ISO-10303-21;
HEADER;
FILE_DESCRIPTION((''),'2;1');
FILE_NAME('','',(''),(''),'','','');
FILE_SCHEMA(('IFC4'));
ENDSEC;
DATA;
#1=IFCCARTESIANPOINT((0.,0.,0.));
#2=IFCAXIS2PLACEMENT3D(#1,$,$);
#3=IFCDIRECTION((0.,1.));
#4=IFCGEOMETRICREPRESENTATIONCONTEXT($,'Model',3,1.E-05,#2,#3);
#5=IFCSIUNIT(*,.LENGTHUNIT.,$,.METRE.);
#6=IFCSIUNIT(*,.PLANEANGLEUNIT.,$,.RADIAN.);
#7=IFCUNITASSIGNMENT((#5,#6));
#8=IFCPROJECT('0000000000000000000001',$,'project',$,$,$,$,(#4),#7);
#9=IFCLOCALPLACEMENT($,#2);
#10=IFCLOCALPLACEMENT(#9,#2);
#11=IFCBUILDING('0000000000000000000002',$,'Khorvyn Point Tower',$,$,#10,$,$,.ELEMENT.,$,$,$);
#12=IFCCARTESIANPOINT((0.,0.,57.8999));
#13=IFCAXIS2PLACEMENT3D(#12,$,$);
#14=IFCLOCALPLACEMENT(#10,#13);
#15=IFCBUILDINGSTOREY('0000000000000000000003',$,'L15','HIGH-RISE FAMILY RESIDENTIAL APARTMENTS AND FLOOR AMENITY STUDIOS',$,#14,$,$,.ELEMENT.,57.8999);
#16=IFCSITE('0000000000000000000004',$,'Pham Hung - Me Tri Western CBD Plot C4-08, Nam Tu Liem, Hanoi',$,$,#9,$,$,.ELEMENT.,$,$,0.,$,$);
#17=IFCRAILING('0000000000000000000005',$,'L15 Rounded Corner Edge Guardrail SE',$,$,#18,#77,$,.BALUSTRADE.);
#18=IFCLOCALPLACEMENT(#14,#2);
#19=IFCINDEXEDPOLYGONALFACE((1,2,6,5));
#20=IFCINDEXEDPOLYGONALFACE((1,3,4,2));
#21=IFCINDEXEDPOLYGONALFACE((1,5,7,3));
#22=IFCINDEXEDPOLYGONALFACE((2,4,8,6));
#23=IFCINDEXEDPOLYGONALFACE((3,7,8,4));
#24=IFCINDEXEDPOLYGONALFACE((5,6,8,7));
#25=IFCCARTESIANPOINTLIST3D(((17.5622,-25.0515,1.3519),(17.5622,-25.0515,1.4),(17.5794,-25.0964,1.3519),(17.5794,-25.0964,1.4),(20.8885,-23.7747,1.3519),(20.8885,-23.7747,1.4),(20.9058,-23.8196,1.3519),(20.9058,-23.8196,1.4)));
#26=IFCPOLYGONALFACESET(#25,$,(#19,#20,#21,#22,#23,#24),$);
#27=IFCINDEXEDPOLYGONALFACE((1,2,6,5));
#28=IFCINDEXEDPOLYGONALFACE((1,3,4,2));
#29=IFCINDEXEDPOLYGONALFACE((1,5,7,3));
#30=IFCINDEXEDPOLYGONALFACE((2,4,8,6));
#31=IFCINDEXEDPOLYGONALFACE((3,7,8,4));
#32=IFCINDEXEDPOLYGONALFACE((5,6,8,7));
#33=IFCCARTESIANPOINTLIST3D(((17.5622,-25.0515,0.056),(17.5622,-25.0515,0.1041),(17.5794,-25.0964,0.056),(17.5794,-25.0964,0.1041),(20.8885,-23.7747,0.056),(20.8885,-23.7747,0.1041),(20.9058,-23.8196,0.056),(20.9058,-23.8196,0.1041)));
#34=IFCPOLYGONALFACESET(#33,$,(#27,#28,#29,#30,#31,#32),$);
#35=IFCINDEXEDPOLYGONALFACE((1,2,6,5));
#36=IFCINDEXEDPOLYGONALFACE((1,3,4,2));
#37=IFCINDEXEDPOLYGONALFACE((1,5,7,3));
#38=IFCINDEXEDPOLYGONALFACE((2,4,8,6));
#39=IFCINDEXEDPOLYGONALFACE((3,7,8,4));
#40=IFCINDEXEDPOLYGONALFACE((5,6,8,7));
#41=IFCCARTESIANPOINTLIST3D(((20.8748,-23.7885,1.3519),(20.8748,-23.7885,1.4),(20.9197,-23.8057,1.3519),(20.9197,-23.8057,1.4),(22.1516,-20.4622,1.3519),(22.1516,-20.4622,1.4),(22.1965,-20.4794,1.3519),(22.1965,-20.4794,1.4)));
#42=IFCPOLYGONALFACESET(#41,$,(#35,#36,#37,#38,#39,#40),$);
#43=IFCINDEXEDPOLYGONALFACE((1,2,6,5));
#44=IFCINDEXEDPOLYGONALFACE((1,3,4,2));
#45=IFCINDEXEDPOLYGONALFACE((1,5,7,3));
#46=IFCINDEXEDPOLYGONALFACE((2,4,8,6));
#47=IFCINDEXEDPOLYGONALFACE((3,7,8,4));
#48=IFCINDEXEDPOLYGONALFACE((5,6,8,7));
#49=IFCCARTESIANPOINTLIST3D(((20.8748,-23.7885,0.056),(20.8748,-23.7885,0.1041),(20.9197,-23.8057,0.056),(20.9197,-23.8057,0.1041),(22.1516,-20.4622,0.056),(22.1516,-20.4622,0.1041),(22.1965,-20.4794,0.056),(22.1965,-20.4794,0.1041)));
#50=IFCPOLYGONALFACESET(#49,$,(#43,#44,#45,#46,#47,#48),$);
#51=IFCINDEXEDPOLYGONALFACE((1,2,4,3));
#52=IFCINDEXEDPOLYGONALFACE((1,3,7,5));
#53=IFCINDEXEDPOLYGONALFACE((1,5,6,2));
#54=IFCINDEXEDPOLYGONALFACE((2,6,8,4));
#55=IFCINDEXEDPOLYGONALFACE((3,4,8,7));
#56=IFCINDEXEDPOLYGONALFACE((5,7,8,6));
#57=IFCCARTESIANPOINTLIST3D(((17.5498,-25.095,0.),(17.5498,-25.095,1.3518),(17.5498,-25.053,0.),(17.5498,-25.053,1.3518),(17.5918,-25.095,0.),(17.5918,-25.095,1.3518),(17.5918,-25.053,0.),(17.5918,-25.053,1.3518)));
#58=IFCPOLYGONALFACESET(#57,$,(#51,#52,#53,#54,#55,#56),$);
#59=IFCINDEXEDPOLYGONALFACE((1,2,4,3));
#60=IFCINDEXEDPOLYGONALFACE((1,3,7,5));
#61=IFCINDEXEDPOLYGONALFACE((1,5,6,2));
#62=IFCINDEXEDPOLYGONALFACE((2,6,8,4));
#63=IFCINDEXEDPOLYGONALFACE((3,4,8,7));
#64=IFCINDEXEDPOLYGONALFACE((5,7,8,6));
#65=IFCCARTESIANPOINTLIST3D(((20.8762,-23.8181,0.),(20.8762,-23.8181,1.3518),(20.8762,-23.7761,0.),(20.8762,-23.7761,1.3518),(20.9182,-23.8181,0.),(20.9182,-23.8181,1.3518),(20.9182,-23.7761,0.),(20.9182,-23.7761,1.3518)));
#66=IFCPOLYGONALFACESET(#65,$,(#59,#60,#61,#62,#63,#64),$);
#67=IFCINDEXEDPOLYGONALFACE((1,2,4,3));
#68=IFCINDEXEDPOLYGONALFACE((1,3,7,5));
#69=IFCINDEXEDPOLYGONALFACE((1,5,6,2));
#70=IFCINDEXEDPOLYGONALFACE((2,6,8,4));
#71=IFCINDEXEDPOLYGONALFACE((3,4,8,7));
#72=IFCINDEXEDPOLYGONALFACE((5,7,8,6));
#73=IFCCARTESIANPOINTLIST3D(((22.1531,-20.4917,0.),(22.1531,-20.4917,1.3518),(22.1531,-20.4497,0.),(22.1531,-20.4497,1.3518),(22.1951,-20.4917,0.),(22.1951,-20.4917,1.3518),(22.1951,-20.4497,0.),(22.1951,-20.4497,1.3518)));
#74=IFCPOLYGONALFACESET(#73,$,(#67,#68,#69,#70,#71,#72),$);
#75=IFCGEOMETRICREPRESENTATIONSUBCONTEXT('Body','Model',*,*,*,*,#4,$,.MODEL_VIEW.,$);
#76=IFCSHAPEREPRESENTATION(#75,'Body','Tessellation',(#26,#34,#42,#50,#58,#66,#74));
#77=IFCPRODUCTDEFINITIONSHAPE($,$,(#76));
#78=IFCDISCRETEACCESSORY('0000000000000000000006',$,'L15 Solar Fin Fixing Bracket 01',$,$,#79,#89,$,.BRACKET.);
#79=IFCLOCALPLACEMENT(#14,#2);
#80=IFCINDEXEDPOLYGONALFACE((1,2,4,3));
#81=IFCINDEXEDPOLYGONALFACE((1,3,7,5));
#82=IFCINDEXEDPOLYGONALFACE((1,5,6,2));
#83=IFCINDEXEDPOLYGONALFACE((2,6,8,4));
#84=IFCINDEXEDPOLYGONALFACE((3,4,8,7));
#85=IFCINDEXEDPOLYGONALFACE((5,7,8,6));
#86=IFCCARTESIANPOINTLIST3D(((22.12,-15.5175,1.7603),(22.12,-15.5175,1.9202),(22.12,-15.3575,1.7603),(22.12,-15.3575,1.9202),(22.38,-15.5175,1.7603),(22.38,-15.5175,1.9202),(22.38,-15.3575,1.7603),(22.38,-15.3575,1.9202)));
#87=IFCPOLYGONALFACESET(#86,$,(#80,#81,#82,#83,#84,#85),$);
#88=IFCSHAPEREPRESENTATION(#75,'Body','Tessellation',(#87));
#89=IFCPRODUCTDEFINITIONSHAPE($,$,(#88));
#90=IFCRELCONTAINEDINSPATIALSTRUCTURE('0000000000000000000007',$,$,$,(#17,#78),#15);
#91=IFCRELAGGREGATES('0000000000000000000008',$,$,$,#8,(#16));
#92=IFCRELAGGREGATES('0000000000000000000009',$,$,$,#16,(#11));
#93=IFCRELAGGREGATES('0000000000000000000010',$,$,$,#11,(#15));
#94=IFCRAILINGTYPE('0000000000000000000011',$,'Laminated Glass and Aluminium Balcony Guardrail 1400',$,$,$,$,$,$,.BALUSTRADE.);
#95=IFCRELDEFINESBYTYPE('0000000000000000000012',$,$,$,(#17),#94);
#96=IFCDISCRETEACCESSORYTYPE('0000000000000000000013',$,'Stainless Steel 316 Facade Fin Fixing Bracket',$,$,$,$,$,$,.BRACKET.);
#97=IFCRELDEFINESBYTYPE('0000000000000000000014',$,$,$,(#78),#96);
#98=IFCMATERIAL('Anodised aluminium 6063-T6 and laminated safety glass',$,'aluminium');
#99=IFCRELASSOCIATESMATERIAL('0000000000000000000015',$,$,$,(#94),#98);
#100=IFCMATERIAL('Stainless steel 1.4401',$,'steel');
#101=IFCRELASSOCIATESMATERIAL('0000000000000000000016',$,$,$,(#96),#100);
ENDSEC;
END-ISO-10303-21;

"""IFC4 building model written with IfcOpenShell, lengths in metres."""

from ifc_helpers import new_model, si_unit, direction, frame, origin, origin_2d, place, context, subcontext, project, spatial, rectangle, extrude, material, type_object, element, save


model = new_model("IFC4")

# Units and contexts
model_context = context("Model", 3, precision=1e-05, world=origin(), true_north=direction((0.0, 1.0)))
body_context = subcontext(model_context, "Body", "Model", "MODEL_VIEW")
ifc_project = project(units=[si_unit("LENGTHUNIT", "METRE"), si_unit("PLANEANGLEUNIT", "RADIAN")], contexts=[model_context])

# Site, building, storey
site_placement = place(None, origin())
site = spatial("IfcSite", under=ifc_project, at=site_placement, Name="Pham Hung - Me Tri Western CBD Plot C4-08, Nam Tu Liem, Hanoi", CompositionType="ELEMENT", RefElevation=0.0)
building_placement = place(site_placement, origin())
building = spatial("IfcBuilding", under=site, at=building_placement, Name="Khorvyn Point Tower", CompositionType="ELEMENT")
storey_placement = place(building_placement, frame((0.0, 0.0, 57.8999)))
storey = spatial("IfcBuildingStorey", under=building, at=storey_placement, Name="L15", Description="HIGH-RISE FAMILY RESIDENTIAL APARTMENTS AND FLOOR AMENITY STUDIOS", CompositionType="ELEMENT", Elevation=57.8999)

# Railing
ifc_material_1 = material(Name="Anodised aluminium 6063-T6 and laminated safety glass", Category="aluminium")
railing_type = type_object("IfcRailingType", Name="Laminated Glass and Aluminium Balcony Guardrail 1400", PredefinedType="BALUSTRADE", material=ifc_material_1)
railing_1_placement = place(storey_placement, frame((17.5708, -25.074, 0.0)))
element("IfcRailing", 1, at=railing_1_placement, inside=storey, type_object=railing_type, Name="L15 Rounded Corner Edge Guardrail SE", PredefinedType="BALUSTRADE", context=body_context, shape_type="SweptSolid", body=[
    extrude(rectangle(XDim=0.0481, YDim=0.0481, at=origin_2d()), frame((0.0, 0.0, 1.376), z_axis=(0.933584, 0.358359, 0.0), x_axis=(-0.358359, 0.933584, 0.0)), (0.0, 0.0, 1.0), 3.563),
    extrude(rectangle(XDim=0.0481, YDim=0.0481, at=origin_2d()), frame((0.0, 0.0, 0.0801), z_axis=(0.933584, 0.358359, 0.0), x_axis=(-0.358359, 0.933584, 0.0)), (0.0, 0.0, 1.0), 3.563),
    extrude(rectangle(XDim=0.0481, YDim=0.0481, at=origin_2d()), frame((3.3264, 1.2769, 1.376), z_axis=(0.358359, 0.933584, 0.0), x_axis=(-0.933584, 0.358359, 0.0)), (0.0, 0.0, 1.0), 3.563),
    extrude(rectangle(XDim=0.0481, YDim=0.0481, at=origin_2d()), frame((3.3264, 1.2769, 0.0801), z_axis=(0.358359, 0.933584, 0.0), x_axis=(-0.933584, 0.358359, 0.0)), (0.0, 0.0, 1.0), 3.563),
    extrude(rectangle(XDim=0.042, YDim=0.042, at=origin_2d()), origin(), (0.0, 0.0, 1.0), 1.3518),
    extrude(rectangle(XDim=0.042, YDim=0.042, at=origin_2d()), frame((3.3264, 1.2769, 0.0)), (0.0, 0.0, 1.0), 1.3518),
    extrude(rectangle(XDim=0.042, YDim=0.042, at=origin_2d()), frame((4.6033, 4.6033, 0.0)), (0.0, 0.0, 1.0), 1.3518),
])

# Discrete accessory
ifc_material_2 = material(Name="Stainless steel 1.4401", Category="steel")
discrete_accessory_type = type_object("IfcDiscreteAccessoryType", Name="Stainless Steel 316 Facade Fin Fixing Bracket", PredefinedType="BRACKET", material=ifc_material_2)
discrete_accessory_placement = place(storey_placement, frame((22.25, -15.4375, 1.7603), z_axis=(0.0, 0.0, 1.0), x_axis=(0.0, -1.0, 0.0)))
element("IfcDiscreteAccessory", 2, at=discrete_accessory_placement, inside=storey, type_object=discrete_accessory_type, Name="L15 Solar Fin Fixing Bracket 01", PredefinedType="BRACKET", context=body_context, shape_type="SweptSolid", body=[
    extrude(rectangle(XDim=0.1599, YDim=0.26, at=origin_2d()), origin(), (0.0, 0.0, 1.0), 0.1599),
])

save(model, "model.ifc")
